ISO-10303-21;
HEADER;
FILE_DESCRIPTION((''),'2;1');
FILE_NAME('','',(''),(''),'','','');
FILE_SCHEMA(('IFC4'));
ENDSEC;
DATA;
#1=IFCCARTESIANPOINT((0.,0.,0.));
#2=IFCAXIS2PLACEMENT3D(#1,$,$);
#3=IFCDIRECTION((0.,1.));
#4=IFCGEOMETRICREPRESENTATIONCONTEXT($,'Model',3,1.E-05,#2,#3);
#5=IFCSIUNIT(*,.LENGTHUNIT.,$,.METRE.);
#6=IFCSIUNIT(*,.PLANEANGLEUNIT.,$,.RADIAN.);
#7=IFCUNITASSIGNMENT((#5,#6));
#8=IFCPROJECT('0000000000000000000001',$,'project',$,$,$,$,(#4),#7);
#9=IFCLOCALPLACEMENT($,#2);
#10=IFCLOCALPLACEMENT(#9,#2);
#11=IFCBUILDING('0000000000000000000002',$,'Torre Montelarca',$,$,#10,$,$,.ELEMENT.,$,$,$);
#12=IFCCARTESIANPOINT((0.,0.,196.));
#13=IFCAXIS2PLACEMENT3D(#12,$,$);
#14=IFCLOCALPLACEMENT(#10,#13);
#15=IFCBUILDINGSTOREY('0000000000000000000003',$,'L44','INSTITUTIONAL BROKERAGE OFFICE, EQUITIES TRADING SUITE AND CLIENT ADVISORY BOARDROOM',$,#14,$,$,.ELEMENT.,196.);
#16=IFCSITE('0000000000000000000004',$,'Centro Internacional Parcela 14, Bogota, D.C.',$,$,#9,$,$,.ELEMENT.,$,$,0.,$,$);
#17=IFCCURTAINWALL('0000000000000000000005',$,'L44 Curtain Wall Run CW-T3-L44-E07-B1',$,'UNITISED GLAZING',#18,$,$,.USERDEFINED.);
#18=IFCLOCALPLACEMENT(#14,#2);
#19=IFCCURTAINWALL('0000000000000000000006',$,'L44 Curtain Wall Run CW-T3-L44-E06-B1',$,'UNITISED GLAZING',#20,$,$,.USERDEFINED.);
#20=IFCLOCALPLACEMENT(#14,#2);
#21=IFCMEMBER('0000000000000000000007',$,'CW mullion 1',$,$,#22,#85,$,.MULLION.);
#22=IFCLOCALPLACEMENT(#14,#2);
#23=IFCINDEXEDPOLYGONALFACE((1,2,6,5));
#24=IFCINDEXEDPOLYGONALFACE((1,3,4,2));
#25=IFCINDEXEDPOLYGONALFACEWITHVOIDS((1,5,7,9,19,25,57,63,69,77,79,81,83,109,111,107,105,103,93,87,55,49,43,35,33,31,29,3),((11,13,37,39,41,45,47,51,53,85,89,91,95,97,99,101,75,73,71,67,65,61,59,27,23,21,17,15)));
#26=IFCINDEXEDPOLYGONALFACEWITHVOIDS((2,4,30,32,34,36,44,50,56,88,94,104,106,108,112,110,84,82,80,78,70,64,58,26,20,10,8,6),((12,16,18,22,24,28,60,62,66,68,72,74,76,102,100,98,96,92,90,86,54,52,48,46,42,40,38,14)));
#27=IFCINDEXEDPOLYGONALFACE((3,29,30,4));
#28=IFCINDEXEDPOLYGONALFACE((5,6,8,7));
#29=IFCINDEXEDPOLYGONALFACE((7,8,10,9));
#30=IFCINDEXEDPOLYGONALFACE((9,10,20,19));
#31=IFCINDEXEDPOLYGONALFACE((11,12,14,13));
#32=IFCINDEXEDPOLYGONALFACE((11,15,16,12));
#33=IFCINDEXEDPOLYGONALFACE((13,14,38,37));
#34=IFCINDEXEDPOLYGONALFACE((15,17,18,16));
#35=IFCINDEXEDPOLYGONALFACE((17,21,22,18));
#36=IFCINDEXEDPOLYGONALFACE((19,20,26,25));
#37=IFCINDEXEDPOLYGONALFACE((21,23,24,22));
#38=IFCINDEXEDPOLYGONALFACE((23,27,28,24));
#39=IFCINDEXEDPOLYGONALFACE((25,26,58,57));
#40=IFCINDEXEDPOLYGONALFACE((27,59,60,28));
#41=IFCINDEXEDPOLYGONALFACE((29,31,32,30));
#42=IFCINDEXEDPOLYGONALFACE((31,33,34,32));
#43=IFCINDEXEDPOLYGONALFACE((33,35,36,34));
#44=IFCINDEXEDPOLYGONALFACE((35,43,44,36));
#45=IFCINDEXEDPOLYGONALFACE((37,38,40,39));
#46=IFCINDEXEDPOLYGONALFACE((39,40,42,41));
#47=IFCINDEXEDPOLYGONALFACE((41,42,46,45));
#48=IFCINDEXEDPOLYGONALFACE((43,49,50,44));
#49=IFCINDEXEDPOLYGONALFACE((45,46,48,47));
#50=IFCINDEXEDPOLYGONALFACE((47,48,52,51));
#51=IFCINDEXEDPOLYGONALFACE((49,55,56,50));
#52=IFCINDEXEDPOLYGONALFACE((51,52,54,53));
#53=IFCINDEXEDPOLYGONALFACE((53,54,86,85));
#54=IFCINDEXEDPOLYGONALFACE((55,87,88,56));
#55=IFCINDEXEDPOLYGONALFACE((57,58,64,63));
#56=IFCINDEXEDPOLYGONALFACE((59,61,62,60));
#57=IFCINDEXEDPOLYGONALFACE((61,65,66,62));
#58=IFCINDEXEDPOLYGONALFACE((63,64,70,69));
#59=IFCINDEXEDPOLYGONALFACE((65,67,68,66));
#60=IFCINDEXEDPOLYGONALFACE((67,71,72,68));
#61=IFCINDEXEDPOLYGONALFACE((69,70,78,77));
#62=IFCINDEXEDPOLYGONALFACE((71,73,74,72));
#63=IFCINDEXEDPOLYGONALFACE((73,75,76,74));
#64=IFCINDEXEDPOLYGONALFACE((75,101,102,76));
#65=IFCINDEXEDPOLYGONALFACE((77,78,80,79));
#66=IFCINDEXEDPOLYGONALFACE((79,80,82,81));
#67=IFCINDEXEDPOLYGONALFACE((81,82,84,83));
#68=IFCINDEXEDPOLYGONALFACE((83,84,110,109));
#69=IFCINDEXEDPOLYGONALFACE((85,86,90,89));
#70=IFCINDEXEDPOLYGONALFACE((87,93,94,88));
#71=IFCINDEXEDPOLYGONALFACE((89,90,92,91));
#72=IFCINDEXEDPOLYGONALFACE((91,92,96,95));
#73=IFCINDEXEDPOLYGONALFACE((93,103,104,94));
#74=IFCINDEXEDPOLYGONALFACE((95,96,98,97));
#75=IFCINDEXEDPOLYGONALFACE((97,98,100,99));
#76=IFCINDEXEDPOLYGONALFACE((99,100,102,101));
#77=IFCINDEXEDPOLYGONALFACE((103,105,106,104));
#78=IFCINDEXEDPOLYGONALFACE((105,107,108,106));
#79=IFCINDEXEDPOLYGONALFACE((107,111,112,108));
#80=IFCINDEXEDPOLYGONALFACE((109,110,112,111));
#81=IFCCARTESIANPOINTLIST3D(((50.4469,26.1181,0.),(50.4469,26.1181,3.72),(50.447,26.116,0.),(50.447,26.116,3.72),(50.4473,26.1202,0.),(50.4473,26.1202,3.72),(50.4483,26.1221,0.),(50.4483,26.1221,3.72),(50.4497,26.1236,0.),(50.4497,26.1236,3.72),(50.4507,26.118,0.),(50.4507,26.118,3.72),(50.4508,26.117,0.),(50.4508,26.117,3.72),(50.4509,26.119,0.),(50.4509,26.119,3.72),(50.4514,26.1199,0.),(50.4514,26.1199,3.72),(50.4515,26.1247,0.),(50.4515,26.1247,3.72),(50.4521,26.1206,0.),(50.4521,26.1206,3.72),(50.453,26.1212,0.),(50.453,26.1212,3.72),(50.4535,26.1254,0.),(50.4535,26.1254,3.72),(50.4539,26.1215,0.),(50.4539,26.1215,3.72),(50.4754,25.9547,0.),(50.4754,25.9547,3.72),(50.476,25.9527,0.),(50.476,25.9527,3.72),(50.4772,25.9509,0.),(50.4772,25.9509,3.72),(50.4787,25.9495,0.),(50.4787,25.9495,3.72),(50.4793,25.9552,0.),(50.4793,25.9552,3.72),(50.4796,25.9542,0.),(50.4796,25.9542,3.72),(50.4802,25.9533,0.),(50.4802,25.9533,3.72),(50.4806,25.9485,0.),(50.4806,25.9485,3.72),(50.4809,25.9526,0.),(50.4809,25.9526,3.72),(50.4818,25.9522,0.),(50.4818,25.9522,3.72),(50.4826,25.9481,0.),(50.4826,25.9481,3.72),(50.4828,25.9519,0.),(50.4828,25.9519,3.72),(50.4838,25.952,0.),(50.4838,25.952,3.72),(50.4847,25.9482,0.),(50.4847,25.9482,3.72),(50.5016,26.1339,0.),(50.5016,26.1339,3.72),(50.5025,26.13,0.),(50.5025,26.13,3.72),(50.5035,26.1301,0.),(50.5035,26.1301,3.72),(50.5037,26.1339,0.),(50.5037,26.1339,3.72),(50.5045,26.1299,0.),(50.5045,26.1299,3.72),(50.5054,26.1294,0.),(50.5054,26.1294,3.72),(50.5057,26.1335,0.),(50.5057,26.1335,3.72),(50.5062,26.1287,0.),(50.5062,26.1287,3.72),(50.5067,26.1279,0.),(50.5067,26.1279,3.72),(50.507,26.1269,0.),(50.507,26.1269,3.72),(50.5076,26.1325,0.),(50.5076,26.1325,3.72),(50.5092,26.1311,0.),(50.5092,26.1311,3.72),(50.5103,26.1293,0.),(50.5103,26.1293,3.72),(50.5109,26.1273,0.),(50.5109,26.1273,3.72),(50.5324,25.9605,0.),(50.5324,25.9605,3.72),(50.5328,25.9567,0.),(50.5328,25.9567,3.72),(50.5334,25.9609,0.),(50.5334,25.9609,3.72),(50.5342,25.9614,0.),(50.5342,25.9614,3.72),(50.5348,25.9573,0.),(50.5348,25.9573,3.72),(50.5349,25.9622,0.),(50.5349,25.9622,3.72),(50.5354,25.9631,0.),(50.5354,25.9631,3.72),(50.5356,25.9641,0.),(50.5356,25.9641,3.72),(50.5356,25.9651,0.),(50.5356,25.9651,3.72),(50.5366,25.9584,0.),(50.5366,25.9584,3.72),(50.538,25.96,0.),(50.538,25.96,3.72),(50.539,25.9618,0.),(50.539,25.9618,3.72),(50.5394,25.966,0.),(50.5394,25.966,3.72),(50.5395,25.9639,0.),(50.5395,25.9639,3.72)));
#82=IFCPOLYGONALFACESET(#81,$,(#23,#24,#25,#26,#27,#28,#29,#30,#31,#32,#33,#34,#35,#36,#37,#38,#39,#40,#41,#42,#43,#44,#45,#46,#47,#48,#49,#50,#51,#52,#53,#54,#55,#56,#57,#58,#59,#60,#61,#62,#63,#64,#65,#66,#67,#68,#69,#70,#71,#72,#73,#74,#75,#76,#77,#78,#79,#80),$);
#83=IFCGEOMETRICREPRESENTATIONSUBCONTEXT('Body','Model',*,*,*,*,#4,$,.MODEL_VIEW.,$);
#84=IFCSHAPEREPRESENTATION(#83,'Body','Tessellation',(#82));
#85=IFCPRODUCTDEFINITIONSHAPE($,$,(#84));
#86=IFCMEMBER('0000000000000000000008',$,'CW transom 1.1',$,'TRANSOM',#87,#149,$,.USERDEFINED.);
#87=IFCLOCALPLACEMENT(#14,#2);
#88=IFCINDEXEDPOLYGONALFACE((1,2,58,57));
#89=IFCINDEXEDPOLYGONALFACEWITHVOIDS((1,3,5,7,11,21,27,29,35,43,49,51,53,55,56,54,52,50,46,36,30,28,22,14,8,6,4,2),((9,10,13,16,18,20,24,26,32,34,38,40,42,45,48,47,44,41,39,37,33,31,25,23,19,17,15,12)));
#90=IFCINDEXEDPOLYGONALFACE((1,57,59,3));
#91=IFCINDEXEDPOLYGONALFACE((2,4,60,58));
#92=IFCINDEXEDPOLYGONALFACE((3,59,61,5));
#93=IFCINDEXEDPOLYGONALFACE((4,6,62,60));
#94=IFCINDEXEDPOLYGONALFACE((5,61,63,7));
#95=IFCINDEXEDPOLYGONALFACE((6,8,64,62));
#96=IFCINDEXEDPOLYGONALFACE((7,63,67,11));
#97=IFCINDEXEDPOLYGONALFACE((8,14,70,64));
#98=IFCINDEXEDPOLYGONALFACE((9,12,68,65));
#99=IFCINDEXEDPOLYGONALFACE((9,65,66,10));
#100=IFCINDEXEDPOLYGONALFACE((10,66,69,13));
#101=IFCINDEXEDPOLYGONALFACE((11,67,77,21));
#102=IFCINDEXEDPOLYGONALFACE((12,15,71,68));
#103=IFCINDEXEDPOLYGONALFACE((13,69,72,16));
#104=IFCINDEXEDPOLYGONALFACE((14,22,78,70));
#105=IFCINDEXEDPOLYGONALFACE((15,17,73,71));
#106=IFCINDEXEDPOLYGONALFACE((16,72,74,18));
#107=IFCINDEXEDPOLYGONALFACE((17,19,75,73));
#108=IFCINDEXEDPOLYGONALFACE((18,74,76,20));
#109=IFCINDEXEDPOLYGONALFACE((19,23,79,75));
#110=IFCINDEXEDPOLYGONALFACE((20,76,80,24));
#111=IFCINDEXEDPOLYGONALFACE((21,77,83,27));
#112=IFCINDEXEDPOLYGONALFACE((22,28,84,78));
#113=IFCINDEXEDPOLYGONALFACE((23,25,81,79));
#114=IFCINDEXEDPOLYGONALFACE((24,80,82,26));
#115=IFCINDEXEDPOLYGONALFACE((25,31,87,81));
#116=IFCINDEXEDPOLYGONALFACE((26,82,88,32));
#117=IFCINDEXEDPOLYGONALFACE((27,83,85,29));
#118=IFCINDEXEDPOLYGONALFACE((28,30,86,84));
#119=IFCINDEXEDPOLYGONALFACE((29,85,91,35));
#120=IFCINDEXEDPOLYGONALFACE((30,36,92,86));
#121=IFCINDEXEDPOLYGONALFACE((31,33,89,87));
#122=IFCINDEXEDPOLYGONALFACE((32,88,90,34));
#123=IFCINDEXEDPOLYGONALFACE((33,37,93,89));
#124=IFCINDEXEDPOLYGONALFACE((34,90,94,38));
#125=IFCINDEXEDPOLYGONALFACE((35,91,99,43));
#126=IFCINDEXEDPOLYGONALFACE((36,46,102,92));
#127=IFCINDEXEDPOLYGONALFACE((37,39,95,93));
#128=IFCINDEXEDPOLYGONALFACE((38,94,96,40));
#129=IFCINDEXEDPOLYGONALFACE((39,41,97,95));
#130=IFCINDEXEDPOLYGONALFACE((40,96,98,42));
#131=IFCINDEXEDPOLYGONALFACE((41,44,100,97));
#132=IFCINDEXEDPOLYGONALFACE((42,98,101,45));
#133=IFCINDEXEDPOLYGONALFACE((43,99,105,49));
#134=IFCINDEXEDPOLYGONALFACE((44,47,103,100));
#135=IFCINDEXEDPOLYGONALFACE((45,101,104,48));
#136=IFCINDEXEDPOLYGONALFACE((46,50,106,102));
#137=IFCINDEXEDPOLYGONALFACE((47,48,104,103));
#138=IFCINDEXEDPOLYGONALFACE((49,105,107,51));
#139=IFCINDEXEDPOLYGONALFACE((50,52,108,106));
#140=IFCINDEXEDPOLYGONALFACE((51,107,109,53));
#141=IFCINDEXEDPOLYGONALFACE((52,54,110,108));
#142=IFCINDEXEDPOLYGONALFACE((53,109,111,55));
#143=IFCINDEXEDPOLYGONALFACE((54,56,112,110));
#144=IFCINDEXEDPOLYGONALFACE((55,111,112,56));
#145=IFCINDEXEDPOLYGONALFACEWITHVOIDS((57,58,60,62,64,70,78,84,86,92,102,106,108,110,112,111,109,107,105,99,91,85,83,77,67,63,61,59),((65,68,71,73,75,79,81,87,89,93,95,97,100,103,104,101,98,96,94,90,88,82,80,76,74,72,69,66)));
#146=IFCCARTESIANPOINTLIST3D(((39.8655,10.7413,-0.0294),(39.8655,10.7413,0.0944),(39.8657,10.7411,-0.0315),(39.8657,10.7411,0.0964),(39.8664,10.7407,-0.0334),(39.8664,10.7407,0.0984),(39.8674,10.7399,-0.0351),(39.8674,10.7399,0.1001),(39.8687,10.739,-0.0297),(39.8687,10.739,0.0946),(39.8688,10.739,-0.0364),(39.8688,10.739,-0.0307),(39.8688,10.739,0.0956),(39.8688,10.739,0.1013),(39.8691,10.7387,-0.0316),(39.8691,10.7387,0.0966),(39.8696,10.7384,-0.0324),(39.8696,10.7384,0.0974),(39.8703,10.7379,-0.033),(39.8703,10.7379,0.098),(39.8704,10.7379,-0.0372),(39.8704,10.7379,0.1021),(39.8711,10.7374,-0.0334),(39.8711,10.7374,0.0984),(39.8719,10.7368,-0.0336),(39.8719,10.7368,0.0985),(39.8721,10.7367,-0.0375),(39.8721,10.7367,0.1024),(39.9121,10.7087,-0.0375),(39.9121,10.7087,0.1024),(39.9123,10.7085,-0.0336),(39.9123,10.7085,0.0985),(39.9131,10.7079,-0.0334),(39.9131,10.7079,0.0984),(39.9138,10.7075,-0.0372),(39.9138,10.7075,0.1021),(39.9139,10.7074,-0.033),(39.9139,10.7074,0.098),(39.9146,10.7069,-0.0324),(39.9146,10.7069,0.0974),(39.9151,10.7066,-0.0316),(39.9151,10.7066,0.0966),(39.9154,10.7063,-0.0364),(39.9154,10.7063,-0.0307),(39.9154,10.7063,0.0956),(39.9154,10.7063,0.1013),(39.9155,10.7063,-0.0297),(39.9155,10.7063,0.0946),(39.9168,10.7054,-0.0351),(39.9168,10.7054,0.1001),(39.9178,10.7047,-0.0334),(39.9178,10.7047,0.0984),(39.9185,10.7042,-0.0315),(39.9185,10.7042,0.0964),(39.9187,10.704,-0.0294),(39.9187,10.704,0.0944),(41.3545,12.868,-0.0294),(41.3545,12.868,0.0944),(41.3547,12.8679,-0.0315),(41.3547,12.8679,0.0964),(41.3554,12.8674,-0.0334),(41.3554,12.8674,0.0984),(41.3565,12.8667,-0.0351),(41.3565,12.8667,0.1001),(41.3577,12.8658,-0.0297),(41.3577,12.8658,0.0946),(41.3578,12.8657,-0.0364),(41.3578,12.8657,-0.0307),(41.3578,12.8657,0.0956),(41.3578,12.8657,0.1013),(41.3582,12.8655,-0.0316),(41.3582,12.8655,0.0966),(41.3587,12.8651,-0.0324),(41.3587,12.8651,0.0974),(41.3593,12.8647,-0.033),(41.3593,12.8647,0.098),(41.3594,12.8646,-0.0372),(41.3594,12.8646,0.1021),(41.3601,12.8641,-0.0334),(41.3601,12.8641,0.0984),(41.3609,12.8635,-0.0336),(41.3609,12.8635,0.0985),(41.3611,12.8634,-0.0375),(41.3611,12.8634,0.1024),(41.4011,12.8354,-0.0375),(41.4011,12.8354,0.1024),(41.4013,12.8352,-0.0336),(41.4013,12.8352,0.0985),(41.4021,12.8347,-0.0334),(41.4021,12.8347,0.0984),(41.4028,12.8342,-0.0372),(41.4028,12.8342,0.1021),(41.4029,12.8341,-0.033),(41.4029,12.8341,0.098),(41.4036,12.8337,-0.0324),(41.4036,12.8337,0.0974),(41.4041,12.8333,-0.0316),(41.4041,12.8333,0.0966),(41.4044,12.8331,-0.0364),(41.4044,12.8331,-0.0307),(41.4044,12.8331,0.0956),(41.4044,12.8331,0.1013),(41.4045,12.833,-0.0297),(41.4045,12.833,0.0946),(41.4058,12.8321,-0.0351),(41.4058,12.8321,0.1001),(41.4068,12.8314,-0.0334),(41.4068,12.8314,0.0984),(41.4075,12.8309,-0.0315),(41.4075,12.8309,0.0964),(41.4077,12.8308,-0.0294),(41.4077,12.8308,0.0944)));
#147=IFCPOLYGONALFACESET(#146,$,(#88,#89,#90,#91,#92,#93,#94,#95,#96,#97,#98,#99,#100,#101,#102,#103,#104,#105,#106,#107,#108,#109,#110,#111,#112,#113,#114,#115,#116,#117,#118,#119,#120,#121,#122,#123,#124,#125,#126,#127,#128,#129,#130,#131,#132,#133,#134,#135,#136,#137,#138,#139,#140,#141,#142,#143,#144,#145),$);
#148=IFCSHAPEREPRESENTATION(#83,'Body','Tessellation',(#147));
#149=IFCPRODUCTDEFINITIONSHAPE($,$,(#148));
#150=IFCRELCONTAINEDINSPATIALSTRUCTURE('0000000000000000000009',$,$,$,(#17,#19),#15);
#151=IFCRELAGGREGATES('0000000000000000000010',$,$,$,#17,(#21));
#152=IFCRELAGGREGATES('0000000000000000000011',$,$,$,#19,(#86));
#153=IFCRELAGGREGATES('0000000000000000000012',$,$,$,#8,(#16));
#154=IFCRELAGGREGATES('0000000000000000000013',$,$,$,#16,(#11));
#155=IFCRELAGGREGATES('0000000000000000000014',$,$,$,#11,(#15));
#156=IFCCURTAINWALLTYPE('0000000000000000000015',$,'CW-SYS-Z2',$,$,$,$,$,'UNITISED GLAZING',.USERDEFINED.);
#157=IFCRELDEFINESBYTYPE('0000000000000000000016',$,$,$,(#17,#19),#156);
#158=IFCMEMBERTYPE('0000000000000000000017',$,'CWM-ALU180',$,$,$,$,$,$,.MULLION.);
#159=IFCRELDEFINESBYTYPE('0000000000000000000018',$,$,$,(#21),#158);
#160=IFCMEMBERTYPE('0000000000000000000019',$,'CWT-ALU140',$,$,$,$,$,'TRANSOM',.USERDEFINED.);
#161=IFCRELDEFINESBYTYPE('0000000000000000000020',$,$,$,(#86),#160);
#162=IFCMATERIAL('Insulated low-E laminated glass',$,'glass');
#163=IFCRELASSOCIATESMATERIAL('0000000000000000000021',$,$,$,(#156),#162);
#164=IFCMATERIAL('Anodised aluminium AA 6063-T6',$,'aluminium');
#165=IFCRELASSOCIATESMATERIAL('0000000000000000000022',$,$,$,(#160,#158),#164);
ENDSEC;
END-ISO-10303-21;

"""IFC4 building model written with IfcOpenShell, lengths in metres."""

from ifc_helpers import new_model, si_unit, direction, frame, origin, origin_2d, place, context, subcontext, project, spatial, hollow_rectangle, extrude, source, transform, mapped, material, material_profile, profile_set, type_object, element, aggregate, save


model = new_model("IFC4")

# Units and contexts
model_context = context("Model", 3, precision=1e-05, world=origin(), true_north=direction((0.0, 1.0)))
body_context = subcontext(model_context, "Body", "Model", "MODEL_VIEW")
ifc_project = project(units=[si_unit("LENGTHUNIT", "METRE"), si_unit("PLANEANGLEUNIT", "RADIAN")], contexts=[model_context])

# Site, building, storey
site_placement = place(None, origin())
site = spatial("IfcSite", under=ifc_project, at=site_placement, Name="Centro Internacional Parcela 14, Bogota, D.C.", CompositionType="ELEMENT", RefElevation=0.0)
building_placement = place(site_placement, origin())
building = spatial("IfcBuilding", under=site, at=building_placement, Name="Torre Montelarca", CompositionType="ELEMENT")
storey_placement = place(building_placement, frame((0.0, 0.0, 196.0)))
storey = spatial("IfcBuildingStorey", under=building, at=storey_placement, Name="L44", Description="INSTITUTIONAL BROKERAGE OFFICE, EQUITIES TRADING SUITE AND CLIENT ADVISORY BOARDROOM", CompositionType="ELEMENT", Elevation=196.0)

# Shared definitions
ifc_material_1 = material(Name="Insulated low-E laminated glass", Category="glass")
curtain_wall_type = type_object("IfcCurtainWallType", Name="CW-SYS-Z2", ElementType="UNITISED GLAZING", PredefinedType="USERDEFINED", material=ifc_material_1)
ifc_material_2 = material(Name="Anodised aluminium AA 6063-T6", Category="aluminium")
ifc_material_profile_1 = material_profile(ifc_material_2, hollow_rectangle(XDim=0.0649, YDim=0.1399, WallThickness=0.0039, InnerFilletRadius=0.0039, OuterFilletRadius=0.0081, at=origin_2d()), Name="ALU65X140X4", Category="aluminium")
ifc_profile_set_1 = profile_set([ifc_material_profile_1], Name="Anodised aluminium AA 6063-T6")
member_type_1 = type_object("IfcMemberType", Name="CWT-ALU140", ElementType="TRANSOM", PredefinedType="USERDEFINED", material=ifc_profile_set_1)

# Curtain wall
curtain_wall_1_placement = place(storey_placement, origin())
curtain_wall_1 = element("IfcCurtainWall", 1, at=curtain_wall_1_placement, inside=storey, type_object=curtain_wall_type, Name="L44 Curtain Wall Run CW-T3-L44-E07-B1", ObjectType="UNITISED GLAZING", PredefinedType="USERDEFINED")

# Shared definitions
ifc_material_profile_2 = material_profile(ifc_material_2, hollow_rectangle(XDim=0.0649, YDim=0.1799, WallThickness=0.0039, InnerFilletRadius=0.0039, OuterFilletRadius=0.0081, at=origin_2d()), Name="ALU65X180X4", Category="aluminium")
ifc_profile_set_2 = profile_set([ifc_material_profile_2], Name="Anodised aluminium AA 6063-T6")
member_type_2 = type_object("IfcMemberType", Name="CWM-ALU180", PredefinedType="MULLION", material=ifc_profile_set_2)
shared_shape_1 = source(origin(), body_context, "Body", "SweptSolid", [
    extrude(hollow_rectangle(XDim=0.0649, YDim=0.1799, WallThickness=0.0039, InnerFilletRadius=0.0039, OuterFilletRadius=0.0081, at=origin_2d()), origin(), (0.0, 0.0, 1.0), 3.72),
])

# Curtain wall
curtain_wall_2_placement = place(storey_placement, origin())
curtain_wall_2 = element("IfcCurtainWall", 2, at=curtain_wall_2_placement, inside=storey, type_object=curtain_wall_type, Name="L44 Curtain Wall Run CW-T3-L44-E06-B1", ObjectType="UNITISED GLAZING", PredefinedType="USERDEFINED")

# Members
member_1_placement = place(storey_placement, frame((50.4932, 26.041, 0.0), z_axis=(0.0, 0.0, 1.0), x_axis=(-0.98481, -0.173634, 0.0)))
member_1 = element("IfcMember", 3, at=member_1_placement, type_object=member_type_2, Name="CW mullion 1", PredefinedType="MULLION", context=body_context, shape_type="MappedRepresentation", body=[
    mapped(shared_shape_1, transform((0.0, 0.0, 0.0), scale=1.0)),
])
aggregate(curtain_wall_1, [member_1])
shared_shape_2 = source(origin(), body_context, "Body", "SweptSolid", [
    extrude(hollow_rectangle(XDim=0.0649, YDim=0.1399, WallThickness=0.0039, InnerFilletRadius=0.0039, OuterFilletRadius=0.0081, at=origin_2d()), origin(), (0.0, 0.0, 1.0), 2.5962),
])
member_2_placement = place(storey_placement, frame((39.8921, 10.7227, 0.0325), z_axis=(0.573544, 0.819174, 0.0), x_axis=(-0.819174, 0.573544, 0.0)))
member_2 = element("IfcMember", 4, at=member_2_placement, type_object=member_type_1, Name="CW transom 1.1", ObjectType="TRANSOM", PredefinedType="USERDEFINED", context=body_context, shape_type="MappedRepresentation", body=[
    mapped(shared_shape_2, transform((0.0, 0.0, 0.0), scale=1.0)),
])

aggregate(curtain_wall_2, [member_2])

save(model, "model.ifc")
